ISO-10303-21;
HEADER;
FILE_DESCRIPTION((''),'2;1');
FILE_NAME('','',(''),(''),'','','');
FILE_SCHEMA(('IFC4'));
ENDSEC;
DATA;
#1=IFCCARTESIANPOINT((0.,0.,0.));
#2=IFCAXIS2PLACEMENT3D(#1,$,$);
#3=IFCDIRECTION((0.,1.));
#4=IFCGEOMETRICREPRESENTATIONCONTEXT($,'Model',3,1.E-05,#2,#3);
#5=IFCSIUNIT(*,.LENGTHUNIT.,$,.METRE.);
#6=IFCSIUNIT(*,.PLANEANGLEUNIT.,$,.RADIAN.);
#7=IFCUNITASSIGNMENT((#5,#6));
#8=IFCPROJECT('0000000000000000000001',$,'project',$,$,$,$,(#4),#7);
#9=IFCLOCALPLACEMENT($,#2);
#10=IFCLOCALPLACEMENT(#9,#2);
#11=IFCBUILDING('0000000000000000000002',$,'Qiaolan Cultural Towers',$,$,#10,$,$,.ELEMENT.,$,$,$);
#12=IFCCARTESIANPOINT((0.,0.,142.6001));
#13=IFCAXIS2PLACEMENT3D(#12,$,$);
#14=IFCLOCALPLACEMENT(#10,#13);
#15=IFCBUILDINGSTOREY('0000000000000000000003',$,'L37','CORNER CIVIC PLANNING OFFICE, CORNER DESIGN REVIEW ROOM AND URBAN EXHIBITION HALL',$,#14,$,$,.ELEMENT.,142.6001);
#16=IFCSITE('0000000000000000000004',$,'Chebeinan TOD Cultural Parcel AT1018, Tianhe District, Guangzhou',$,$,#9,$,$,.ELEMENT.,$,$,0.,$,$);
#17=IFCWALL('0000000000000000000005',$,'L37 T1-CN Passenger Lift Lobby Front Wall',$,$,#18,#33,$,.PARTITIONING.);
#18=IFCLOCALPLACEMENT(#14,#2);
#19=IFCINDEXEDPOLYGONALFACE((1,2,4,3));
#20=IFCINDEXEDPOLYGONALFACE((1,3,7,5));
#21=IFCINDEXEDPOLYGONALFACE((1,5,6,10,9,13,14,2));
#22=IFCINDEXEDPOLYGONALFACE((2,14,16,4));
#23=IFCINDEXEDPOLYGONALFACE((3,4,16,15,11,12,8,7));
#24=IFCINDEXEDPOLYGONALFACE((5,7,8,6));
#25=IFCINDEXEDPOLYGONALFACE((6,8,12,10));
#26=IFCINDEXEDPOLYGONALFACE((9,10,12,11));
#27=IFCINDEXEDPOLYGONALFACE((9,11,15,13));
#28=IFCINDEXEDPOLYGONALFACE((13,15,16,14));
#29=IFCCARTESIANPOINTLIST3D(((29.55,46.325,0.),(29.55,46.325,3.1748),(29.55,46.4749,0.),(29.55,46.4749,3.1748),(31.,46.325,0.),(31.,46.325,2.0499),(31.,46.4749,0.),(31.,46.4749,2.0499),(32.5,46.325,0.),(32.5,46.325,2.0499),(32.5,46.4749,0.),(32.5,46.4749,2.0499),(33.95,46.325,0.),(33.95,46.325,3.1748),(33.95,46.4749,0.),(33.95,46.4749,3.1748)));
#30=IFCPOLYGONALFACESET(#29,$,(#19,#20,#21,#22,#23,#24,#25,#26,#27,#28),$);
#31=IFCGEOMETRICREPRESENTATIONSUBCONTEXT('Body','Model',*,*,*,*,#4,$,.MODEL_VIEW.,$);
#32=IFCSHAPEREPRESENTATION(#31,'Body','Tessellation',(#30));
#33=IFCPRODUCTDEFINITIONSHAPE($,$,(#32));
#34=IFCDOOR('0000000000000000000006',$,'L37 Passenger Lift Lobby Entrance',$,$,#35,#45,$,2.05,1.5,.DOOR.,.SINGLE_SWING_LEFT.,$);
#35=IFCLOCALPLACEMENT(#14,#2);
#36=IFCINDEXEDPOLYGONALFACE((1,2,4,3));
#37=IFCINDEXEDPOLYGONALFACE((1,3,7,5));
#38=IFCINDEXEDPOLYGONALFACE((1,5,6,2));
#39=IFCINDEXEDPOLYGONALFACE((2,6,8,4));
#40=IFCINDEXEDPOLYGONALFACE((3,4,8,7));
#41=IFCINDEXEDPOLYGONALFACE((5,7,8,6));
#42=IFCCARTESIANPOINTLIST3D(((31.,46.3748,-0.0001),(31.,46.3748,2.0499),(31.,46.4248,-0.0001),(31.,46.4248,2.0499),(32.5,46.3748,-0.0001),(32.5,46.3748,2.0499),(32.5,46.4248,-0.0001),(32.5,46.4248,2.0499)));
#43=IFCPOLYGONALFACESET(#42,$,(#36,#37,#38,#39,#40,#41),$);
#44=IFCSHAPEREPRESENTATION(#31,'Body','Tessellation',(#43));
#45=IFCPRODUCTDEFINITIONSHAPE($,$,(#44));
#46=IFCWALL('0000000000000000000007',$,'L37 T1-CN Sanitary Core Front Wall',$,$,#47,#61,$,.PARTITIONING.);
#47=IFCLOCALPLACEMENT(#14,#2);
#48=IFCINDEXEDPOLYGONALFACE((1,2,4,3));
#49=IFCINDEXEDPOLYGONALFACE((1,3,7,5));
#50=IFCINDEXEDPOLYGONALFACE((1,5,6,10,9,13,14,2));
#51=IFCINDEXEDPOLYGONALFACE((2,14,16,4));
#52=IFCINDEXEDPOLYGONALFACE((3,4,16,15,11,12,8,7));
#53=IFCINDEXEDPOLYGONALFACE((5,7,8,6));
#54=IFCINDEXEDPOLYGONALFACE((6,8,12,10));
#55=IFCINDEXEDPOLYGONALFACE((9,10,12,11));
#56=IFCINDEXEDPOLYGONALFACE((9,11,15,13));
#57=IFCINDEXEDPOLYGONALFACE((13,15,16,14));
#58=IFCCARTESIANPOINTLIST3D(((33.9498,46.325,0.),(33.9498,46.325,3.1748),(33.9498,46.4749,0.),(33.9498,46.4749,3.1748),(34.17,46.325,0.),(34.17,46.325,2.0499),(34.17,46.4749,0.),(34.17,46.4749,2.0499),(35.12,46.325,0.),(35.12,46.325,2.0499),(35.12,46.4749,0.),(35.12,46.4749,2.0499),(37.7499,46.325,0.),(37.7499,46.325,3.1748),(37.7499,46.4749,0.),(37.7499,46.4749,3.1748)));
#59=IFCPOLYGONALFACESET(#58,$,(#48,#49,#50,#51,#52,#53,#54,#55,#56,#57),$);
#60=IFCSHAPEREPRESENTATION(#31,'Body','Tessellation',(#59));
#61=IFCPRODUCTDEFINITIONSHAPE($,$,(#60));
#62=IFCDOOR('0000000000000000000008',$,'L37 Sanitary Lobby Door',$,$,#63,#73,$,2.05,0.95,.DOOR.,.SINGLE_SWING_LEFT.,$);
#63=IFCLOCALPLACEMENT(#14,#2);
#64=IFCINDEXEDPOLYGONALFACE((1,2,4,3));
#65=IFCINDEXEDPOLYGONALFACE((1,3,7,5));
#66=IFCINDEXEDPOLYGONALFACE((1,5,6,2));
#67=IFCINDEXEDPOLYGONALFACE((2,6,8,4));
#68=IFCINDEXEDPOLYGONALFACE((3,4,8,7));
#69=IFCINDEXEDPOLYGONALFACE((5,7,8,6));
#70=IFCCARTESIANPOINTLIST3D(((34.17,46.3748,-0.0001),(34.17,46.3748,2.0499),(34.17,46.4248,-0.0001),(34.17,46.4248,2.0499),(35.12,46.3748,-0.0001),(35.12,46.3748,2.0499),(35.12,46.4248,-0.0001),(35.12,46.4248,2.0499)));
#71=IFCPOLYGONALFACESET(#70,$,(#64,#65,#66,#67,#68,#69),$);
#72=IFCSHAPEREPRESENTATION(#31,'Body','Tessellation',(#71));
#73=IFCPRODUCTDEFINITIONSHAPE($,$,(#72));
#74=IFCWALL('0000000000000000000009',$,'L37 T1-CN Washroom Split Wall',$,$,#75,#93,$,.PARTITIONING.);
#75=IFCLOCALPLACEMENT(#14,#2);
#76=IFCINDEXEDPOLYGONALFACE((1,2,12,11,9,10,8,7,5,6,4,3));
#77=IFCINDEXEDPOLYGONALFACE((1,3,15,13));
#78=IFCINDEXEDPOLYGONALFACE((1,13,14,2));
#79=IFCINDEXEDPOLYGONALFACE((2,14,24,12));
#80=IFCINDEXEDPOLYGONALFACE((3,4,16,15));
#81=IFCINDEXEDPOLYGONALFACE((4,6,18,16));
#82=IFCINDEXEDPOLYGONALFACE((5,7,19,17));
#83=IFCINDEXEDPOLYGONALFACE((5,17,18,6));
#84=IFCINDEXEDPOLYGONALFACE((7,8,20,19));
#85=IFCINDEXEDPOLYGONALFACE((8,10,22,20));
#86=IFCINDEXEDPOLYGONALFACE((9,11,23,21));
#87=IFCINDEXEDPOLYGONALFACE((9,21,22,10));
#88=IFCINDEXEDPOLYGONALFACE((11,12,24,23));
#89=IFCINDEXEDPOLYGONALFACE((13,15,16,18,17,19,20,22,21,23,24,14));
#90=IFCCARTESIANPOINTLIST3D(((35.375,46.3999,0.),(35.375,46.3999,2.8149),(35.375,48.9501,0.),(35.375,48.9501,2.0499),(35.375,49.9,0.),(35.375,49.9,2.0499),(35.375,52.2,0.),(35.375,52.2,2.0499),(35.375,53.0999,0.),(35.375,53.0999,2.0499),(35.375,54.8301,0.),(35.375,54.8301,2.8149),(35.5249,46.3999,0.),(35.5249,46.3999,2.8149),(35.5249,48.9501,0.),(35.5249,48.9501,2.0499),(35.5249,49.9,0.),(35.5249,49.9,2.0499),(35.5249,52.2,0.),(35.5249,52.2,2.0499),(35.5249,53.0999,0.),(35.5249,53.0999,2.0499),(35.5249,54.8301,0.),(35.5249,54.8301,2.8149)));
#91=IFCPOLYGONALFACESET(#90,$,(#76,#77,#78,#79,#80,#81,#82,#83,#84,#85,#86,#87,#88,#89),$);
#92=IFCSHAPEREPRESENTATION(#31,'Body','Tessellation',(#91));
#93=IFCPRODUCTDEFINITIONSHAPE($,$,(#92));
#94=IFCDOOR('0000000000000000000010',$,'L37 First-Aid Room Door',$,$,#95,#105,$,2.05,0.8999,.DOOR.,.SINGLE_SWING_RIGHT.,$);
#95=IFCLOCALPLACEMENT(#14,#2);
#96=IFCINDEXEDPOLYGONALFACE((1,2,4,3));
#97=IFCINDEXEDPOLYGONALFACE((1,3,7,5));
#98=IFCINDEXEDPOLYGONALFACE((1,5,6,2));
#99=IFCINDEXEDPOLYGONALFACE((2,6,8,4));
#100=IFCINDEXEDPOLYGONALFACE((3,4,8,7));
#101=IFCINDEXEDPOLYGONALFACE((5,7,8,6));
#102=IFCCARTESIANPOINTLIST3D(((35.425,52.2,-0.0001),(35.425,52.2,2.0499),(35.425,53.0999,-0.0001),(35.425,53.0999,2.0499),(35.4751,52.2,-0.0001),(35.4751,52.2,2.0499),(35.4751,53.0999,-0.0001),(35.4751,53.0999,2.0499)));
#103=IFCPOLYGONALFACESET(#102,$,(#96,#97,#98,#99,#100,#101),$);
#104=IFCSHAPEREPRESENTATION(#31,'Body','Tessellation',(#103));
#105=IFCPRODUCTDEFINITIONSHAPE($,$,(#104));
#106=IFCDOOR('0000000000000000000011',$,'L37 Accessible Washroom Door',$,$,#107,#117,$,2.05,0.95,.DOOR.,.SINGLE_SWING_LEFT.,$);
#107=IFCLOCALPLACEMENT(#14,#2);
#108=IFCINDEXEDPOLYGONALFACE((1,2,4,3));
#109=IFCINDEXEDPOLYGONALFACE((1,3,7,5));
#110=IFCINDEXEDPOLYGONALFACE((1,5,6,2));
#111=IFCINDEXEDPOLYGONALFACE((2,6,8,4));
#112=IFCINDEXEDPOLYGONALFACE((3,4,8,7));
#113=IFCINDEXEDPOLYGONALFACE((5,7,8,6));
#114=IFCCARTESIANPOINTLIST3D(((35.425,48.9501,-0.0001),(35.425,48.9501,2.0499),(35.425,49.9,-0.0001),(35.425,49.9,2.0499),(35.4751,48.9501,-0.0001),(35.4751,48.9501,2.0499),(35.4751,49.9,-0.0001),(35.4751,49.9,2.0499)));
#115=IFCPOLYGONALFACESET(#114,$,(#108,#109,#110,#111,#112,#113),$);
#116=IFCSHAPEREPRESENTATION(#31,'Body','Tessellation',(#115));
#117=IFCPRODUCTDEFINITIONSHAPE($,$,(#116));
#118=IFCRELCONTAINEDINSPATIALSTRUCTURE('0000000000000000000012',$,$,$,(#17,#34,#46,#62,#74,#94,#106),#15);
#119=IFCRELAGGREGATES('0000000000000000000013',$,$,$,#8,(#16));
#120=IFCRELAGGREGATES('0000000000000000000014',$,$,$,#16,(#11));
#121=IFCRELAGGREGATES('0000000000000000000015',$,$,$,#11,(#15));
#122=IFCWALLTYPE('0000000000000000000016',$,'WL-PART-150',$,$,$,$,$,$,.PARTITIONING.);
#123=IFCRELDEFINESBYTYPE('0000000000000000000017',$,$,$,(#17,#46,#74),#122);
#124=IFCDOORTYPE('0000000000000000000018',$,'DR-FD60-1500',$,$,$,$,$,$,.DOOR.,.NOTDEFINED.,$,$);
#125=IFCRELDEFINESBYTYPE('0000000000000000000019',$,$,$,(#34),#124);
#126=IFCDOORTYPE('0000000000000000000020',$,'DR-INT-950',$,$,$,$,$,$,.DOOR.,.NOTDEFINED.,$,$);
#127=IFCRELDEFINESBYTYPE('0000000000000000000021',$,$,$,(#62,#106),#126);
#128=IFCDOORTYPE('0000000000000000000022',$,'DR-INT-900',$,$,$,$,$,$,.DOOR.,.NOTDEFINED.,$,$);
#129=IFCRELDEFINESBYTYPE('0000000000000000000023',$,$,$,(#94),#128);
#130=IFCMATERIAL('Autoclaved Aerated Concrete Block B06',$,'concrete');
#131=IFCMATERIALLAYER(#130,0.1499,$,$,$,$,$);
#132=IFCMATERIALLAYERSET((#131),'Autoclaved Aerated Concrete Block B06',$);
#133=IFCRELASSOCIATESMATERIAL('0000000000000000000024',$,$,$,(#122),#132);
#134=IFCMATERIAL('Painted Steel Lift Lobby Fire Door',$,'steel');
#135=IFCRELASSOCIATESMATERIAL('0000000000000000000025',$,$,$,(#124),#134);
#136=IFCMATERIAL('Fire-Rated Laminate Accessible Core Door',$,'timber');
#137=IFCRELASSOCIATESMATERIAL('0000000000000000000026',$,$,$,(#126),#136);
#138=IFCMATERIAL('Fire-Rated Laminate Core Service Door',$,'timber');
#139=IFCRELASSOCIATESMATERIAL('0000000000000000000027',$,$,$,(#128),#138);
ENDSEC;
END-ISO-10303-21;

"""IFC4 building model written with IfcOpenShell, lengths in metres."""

from ifc_helpers import new_model, si_unit, direction, frame, frame_2d, origin, place, context, subcontext, project, spatial, rectangle, extrude, material, layer, layer_set, type_object, element, fill, save


model = new_model("IFC4")

# Units and contexts
model_context = context("Model", 3, precision=1e-05, world=origin(), true_north=direction((0.0, 1.0)))
body_context = subcontext(model_context, "Body", "Model", "MODEL_VIEW")
ifc_project = project(units=[si_unit("LENGTHUNIT", "METRE"), si_unit("PLANEANGLEUNIT", "RADIAN")], contexts=[model_context])

# Site, building, storey
site_placement = place(None, origin())
site = spatial("IfcSite", under=ifc_project, at=site_placement, Name="Chebeinan TOD Cultural Parcel AT1018, Tianhe District, Guangzhou", CompositionType="ELEMENT", RefElevation=0.0)
building_placement = place(site_placement, origin())
building = spatial("IfcBuilding", under=site, at=building_placement, Name="Qiaolan Cultural Towers", CompositionType="ELEMENT")
storey_placement = place(building_placement, frame((0.0, 0.0, 142.6001)))
storey = spatial("IfcBuildingStorey", under=building, at=storey_placement, Name="L37", Description="CORNER CIVIC PLANNING OFFICE, CORNER DESIGN REVIEW ROOM AND URBAN EXHIBITION HALL", CompositionType="ELEMENT", Elevation=142.6001)

# Walls, openings, doors
ifc_material_1 = material(Name="Autoclaved Aerated Concrete Block B06", Category="concrete")
ifc_layer_1 = layer(ifc_material_1, 0.1499)
ifc_layer_set_1 = layer_set([ifc_layer_1], Name="Autoclaved Aerated Concrete Block B06")
wall_type_1 = type_object("IfcWallType", Name="WL-PART-150", PredefinedType="PARTITIONING", material=ifc_layer_set_1)
wall_1_placement = place(storey_placement, frame((29.55, 46.3999, 0.0), z_axis=(0.0, 0.0, 1.0), x_axis=(1.0, 0.0, 0.0)))
wall_1 = element("IfcWall", 1, at=wall_1_placement, inside=storey, type_object=wall_type_1, Name="L37 T1-CN Passenger Lift Lobby Front Wall", PredefinedType="PARTITIONING", context=body_context, shape_type="SweptSolid", body=[
    extrude(rectangle(XDim=4.3999, YDim=0.1499, at=frame_2d((2.2, 0.0))), origin(), (0.0, 0.0, 1.0), 3.1748),
])
opening_1_placement = place(wall_1_placement, frame((1.45, 0.0, 0.0)))
opening_1 = element("IfcOpeningElement", 2, at=opening_1_placement, cuts=wall_1, PredefinedType="OPENING", context=body_context, shape_type="SweptSolid", body=[
    extrude(rectangle(XDim=1.5, YDim=2.05, at=frame_2d((0.75, 1.0249))), frame((0.0, 0.085, 0.0), z_axis=(0.0, -1.0, 0.0), x_axis=(1.0, 0.0, 0.0)), (0.0, 0.0, 1.0), 0.1699),
])
ifc_material_2 = material(Name="Painted Steel Lift Lobby Fire Door", Category="steel")
door_type_1 = type_object("IfcDoorType", Name="DR-FD60-1500", OperationType="NOTDEFINED", PredefinedType="DOOR", material=ifc_material_2)
door_1_placement = place(opening_1_placement, origin())
door_1 = element("IfcDoor", 3, at=door_1_placement, inside=storey, type_object=door_type_1, Name="L37 Passenger Lift Lobby Entrance", OperationType="SINGLE_SWING_LEFT", OverallHeight=2.05, OverallWidth=1.5, PredefinedType="DOOR", context=body_context, shape_type="SweptSolid", body=[
    extrude(rectangle(XDim=1.5, YDim=2.05, at=frame_2d((0.75, 1.0249))), frame((0.0, 0.0249, 0.0), z_axis=(0.0, -1.0, 0.0), x_axis=(1.0, 0.0, 0.0)), (0.0, 0.0, 1.0), 0.05),
])
fill(opening_1, door_1)
wall_2_placement = place(storey_placement, frame((33.95, 46.3999, 0.0), z_axis=(0.0, 0.0, 1.0), x_axis=(1.0, 0.0, 0.0)))
wall_2 = element("IfcWall", 4, at=wall_2_placement, inside=storey, type_object=wall_type_1, Name="L37 T1-CN Sanitary Core Front Wall", PredefinedType="PARTITIONING", context=body_context, shape_type="SweptSolid", body=[
    extrude(rectangle(XDim=3.8, YDim=0.1499, at=frame_2d((1.8999, 0.0))), origin(), (0.0, 0.0, 1.0), 3.1748),
])
opening_2_placement = place(wall_2_placement, frame((0.22, 0.0, 0.0)))
opening_2 = element("IfcOpeningElement", 5, at=opening_2_placement, cuts=wall_2, PredefinedType="OPENING", context=body_context, shape_type="SweptSolid", body=[
    extrude(rectangle(XDim=0.95, YDim=2.05, at=frame_2d((0.4751, 1.0249))), frame((0.0, 0.085, 0.0), z_axis=(0.0, -1.0, 0.0), x_axis=(1.0, 0.0, 0.0)), (0.0, 0.0, 1.0), 0.1699),
])
ifc_material_3 = material(Name="Fire-Rated Laminate Accessible Core Door", Category="timber")
door_type_2 = type_object("IfcDoorType", Name="DR-INT-950", OperationType="NOTDEFINED", PredefinedType="DOOR", material=ifc_material_3)
door_2_placement = place(opening_2_placement, origin())
door_2 = element("IfcDoor", 6, at=door_2_placement, inside=storey, type_object=door_type_2, Name="L37 Sanitary Lobby Door", OperationType="SINGLE_SWING_LEFT", OverallHeight=2.05, OverallWidth=0.95, PredefinedType="DOOR", context=body_context, shape_type="SweptSolid", body=[
    extrude(rectangle(XDim=0.95, YDim=2.05, at=frame_2d((0.4751, 1.0249))), frame((0.0, 0.0249, 0.0), z_axis=(0.0, -1.0, 0.0), x_axis=(1.0, 0.0, 0.0)), (0.0, 0.0, 1.0), 0.05),
])
fill(opening_2, door_2)

# Wall, openings, doors
wall_3_placement = place(storey_placement, frame((35.45, 46.3999, 0.0), z_axis=(0.0, 0.0, 1.0), x_axis=(0.0, 1.0, 0.0)))
wall_3 = element("IfcWall", 7, at=wall_3_placement, inside=storey, type_object=wall_type_1, Name="L37 T1-CN Washroom Split Wall", PredefinedType="PARTITIONING", context=body_context, shape_type="SweptSolid", body=[
    extrude(rectangle(XDim=8.4302, YDim=0.1499, at=frame_2d((4.2151, 0.0))), origin(), (0.0, 0.0, 1.0), 2.8149),
])
opening_3_placement = place(wall_3_placement, frame((2.55, 0.0, 0.0)))
opening_3 = element("IfcOpeningElement", 8, at=opening_3_placement, cuts=wall_3, PredefinedType="OPENING", context=body_context, shape_type="SweptSolid", body=[
    extrude(rectangle(XDim=0.95, YDim=2.05, at=frame_2d((0.4751, 1.0249))), frame((0.0, 0.085, 0.0), z_axis=(0.0, -1.0, 0.0), x_axis=(1.0, 0.0, 0.0)), (0.0, 0.0, 1.0), 0.1699),
])
opening_4_placement = place(wall_3_placement, frame((5.8, 0.0, 0.0)))
opening_4 = element("IfcOpeningElement", 9, at=opening_4_placement, cuts=wall_3, PredefinedType="OPENING", context=body_context, shape_type="SweptSolid", body=[
    extrude(rectangle(XDim=0.8999, YDim=2.05, at=frame_2d((0.45, 1.0249))), frame((0.0, 0.085, 0.0), z_axis=(0.0, -1.0, 0.0), x_axis=(1.0, 0.0, 0.0)), (0.0, 0.0, 1.0), 0.1699),
])
ifc_material_4 = material(Name="Fire-Rated Laminate Core Service Door", Category="timber")
door_type_3 = type_object("IfcDoorType", Name="DR-INT-900", OperationType="NOTDEFINED", PredefinedType="DOOR", material=ifc_material_4)
door_3_placement = place(opening_4_placement, origin())
door_3 = element("IfcDoor", 10, at=door_3_placement, inside=storey, type_object=door_type_3, Name="L37 First-Aid Room Door", OperationType="SINGLE_SWING_RIGHT", OverallHeight=2.05, OverallWidth=0.8999, PredefinedType="DOOR", context=body_context, shape_type="SweptSolid", body=[
    extrude(rectangle(XDim=0.8999, YDim=2.05, at=frame_2d((0.45, 1.0249))), frame((0.0, 0.0249, 0.0), z_axis=(0.0, -1.0, 0.0), x_axis=(1.0, 0.0, 0.0)), (0.0, 0.0, 1.0), 0.05),
])
fill(opening_4, door_3)
door_4_placement = place(opening_3_placement, origin())
door_4 = element("IfcDoor", 11, at=door_4_placement, inside=storey, type_object=door_type_2, Name="L37 Accessible Washroom Door", OperationType="SINGLE_SWING_LEFT", OverallHeight=2.05, OverallWidth=0.95, PredefinedType="DOOR", context=body_context, shape_type="SweptSolid", body=[
    extrude(rectangle(XDim=0.95, YDim=2.05, at=frame_2d((0.4751, 1.0249))), frame((0.0, 0.0249, 0.0), z_axis=(0.0, -1.0, 0.0), x_axis=(1.0, 0.0, 0.0)), (0.0, 0.0, 1.0), 0.05),
])
fill(opening_3, door_4)

save(model, "model.ifc")
